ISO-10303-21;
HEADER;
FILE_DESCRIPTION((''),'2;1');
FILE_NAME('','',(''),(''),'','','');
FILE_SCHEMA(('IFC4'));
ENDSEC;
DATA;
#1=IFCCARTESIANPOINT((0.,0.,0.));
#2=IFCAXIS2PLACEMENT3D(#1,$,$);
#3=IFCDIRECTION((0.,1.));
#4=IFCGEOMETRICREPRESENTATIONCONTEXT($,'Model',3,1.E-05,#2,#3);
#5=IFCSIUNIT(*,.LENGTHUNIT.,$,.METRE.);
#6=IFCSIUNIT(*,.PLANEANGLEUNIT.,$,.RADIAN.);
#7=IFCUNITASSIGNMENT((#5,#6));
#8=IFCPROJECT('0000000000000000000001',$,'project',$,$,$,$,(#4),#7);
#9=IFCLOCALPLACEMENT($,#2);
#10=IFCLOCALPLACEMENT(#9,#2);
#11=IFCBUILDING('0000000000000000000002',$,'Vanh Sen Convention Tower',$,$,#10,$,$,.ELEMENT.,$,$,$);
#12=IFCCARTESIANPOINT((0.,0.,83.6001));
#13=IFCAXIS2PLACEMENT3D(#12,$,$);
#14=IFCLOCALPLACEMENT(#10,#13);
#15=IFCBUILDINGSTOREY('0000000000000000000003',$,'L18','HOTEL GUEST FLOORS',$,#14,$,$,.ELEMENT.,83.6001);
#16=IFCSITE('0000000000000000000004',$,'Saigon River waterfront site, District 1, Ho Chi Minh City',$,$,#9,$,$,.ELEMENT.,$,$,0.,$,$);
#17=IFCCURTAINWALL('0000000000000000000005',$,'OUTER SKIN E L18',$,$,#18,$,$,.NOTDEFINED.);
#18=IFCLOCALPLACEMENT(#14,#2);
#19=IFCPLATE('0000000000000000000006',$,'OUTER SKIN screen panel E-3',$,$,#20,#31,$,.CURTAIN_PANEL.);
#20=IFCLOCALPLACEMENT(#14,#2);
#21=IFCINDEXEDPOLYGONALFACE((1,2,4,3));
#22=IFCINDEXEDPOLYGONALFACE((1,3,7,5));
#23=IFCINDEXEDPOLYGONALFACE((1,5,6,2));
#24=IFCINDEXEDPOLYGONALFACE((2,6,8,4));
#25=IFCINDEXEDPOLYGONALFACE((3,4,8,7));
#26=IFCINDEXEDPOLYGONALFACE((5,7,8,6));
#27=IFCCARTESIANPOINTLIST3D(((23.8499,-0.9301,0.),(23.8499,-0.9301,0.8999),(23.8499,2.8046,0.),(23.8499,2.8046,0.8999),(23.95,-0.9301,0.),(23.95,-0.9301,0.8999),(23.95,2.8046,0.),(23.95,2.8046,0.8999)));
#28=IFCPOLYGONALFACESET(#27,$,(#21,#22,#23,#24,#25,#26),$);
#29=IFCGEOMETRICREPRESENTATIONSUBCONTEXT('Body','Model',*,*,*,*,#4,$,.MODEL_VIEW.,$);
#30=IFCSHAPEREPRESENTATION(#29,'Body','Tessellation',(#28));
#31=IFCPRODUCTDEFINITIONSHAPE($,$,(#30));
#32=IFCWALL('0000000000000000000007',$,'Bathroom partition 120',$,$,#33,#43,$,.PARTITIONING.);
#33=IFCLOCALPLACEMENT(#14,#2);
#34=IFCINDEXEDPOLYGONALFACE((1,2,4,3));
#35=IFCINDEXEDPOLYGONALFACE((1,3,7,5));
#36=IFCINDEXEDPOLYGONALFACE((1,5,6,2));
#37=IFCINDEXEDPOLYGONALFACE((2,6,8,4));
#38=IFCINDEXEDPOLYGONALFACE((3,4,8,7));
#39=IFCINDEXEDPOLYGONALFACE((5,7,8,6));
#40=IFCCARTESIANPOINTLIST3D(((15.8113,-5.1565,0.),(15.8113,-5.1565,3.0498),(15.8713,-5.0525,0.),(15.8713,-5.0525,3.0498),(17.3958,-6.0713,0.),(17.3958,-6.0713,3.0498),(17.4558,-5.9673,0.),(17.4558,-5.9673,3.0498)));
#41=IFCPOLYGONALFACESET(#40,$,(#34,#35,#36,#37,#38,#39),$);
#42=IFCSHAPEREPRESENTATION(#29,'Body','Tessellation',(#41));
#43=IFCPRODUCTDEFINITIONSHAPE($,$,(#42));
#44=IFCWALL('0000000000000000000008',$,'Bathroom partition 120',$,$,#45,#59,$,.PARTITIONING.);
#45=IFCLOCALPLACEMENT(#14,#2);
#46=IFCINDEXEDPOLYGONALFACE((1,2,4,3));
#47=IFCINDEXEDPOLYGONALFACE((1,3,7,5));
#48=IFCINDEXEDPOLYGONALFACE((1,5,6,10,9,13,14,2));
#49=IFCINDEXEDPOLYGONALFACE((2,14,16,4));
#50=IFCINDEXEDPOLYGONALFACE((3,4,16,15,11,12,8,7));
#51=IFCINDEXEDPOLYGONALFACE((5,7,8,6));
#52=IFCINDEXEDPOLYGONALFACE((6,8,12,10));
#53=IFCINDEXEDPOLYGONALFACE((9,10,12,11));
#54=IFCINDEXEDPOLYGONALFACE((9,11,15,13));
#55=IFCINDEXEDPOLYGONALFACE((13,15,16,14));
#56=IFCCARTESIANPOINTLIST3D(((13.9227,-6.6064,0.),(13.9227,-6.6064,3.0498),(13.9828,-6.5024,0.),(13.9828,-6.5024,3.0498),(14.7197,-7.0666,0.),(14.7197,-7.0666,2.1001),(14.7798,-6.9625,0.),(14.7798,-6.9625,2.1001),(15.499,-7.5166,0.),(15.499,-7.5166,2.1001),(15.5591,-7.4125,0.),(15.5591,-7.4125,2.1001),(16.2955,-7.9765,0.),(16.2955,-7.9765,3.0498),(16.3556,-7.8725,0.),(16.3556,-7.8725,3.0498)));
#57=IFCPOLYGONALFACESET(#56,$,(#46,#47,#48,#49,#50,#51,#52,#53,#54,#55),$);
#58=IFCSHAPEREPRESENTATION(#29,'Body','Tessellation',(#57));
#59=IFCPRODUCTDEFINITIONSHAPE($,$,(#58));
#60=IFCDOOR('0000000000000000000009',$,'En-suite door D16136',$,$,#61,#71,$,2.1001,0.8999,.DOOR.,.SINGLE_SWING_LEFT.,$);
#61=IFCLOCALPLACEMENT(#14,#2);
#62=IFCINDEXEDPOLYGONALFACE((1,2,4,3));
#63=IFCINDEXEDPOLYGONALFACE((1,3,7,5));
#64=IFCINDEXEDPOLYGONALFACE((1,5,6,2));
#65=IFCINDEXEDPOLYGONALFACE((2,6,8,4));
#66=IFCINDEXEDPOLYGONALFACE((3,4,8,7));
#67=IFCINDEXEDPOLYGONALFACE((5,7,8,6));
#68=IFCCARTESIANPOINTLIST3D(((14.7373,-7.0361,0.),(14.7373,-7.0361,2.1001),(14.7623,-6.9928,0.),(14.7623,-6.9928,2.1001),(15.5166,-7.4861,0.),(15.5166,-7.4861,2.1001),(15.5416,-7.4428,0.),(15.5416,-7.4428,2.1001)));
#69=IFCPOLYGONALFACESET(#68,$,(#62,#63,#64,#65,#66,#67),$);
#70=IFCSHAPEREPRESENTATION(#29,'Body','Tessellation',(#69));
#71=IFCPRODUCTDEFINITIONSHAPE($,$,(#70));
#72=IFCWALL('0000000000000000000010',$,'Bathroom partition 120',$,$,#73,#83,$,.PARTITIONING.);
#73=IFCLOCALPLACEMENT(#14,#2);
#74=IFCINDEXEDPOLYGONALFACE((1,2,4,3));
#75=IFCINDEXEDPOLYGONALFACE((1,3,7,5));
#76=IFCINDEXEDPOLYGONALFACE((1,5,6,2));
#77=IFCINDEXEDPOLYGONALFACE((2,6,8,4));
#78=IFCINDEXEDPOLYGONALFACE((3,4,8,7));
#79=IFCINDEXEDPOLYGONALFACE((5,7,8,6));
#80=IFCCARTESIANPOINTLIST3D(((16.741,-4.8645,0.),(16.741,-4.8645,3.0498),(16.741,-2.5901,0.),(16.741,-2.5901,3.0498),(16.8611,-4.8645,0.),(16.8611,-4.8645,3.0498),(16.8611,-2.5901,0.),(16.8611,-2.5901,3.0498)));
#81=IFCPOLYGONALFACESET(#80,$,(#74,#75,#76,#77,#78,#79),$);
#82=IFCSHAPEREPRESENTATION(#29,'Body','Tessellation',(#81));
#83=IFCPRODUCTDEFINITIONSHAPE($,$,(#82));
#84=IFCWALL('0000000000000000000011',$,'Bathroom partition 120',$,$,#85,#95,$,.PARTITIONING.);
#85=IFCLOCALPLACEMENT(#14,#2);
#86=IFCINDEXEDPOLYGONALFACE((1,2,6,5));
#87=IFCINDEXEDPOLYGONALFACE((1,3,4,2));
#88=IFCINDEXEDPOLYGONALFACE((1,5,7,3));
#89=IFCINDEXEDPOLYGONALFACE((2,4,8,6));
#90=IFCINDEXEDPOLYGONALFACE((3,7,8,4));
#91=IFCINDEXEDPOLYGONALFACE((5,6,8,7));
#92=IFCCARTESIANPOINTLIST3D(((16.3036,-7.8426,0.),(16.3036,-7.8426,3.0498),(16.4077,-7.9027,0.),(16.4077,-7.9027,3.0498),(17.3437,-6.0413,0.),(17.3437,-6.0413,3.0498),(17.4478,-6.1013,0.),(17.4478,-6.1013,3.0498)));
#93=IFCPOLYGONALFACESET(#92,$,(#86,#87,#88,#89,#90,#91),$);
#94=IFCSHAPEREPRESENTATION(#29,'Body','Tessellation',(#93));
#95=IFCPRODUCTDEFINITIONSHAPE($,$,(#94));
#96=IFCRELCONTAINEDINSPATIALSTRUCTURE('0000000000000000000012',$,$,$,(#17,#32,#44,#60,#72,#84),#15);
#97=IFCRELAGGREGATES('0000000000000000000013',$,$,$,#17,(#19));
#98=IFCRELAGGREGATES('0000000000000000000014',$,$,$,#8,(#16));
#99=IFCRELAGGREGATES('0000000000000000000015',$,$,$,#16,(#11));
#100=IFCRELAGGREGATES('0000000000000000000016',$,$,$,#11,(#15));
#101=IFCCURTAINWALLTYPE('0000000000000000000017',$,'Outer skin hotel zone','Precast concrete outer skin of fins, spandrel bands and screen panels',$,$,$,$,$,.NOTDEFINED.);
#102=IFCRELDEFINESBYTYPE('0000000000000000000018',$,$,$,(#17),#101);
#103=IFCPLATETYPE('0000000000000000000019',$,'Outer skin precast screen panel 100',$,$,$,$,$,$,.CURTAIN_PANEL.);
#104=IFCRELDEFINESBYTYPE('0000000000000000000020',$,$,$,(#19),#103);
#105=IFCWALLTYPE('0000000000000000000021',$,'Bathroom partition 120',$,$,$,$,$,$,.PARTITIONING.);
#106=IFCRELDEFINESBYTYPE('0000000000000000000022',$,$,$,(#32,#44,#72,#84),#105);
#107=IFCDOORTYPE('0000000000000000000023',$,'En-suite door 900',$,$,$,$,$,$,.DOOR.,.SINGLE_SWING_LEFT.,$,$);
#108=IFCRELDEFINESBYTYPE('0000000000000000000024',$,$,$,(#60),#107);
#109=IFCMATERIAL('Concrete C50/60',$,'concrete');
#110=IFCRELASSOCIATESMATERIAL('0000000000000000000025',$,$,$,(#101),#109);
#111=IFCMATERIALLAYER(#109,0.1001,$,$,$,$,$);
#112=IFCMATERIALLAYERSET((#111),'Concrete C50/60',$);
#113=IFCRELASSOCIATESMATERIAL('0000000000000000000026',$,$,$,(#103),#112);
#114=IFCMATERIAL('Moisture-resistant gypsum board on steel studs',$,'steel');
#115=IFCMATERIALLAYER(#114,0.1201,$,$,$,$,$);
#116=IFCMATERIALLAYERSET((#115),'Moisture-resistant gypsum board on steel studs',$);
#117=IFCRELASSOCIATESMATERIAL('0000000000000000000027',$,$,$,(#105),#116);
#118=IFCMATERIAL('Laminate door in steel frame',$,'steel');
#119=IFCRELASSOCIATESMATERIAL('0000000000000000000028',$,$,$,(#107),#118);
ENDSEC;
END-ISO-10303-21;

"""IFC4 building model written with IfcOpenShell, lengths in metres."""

from ifc_helpers import new_model, si_unit, direction, frame, frame_2d, origin, origin_2d, place, context, subcontext, project, spatial, rectangle, extrude, material, layer, layer_set, type_object, element, fill, aggregate, save


model = new_model("IFC4")

# Units and contexts
model_context = context("Model", 3, precision=1e-05, world=origin(), true_north=direction((0.0, 1.0)))
body_context = subcontext(model_context, "Body", "Model", "MODEL_VIEW")
ifc_project = project(units=[si_unit("LENGTHUNIT", "METRE"), si_unit("PLANEANGLEUNIT", "RADIAN")], contexts=[model_context])

# Site, building, storey
site_placement = place(None, origin())
site = spatial("IfcSite", under=ifc_project, at=site_placement, Name="Saigon River waterfront site, District 1, Ho Chi Minh City", CompositionType="ELEMENT", RefElevation=0.0)
building_placement = place(site_placement, origin())
building = spatial("IfcBuilding", under=site, at=building_placement, Name="Vanh Sen Convention Tower", CompositionType="ELEMENT")
storey_placement = place(building_placement, frame((0.0, 0.0, 83.6001)))
storey = spatial("IfcBuildingStorey", under=building, at=storey_placement, Name="L18", Description="HOTEL GUEST FLOORS", CompositionType="ELEMENT", Elevation=83.6001)

# Curtain wall
ifc_material_1 = material(Name="Concrete C50/60", Category="concrete")
curtain_wall_type = type_object("IfcCurtainWallType", Name="Outer skin hotel zone", Description="Precast concrete outer skin of fins, spandrel bands and screen panels", PredefinedType="NOTDEFINED", material=ifc_material_1)
curtain_wall_placement = place(storey_placement, origin())
curtain_wall = element("IfcCurtainWall", 1, at=curtain_wall_placement, inside=storey, type_object=curtain_wall_type, Name="OUTER SKIN E L18", PredefinedType="NOTDEFINED")

# Plate
ifc_layer_1 = layer(ifc_material_1, 0.1001)
ifc_layer_set_1 = layer_set([ifc_layer_1], Name="Concrete C50/60")
plate_type = type_object("IfcPlateType", Name="Outer skin precast screen panel 100", PredefinedType="CURTAIN_PANEL", material=ifc_layer_set_1)
plate_1_placement = place(storey_placement, frame((23.8999, 0.9373, 0.0), z_axis=(0.0, 0.0, 1.0), x_axis=(0.0, 1.0, 0.0)))
plate_1 = element("IfcPlate", 2, at=plate_1_placement, type_object=plate_type, Name="OUTER SKIN screen panel E-3", PredefinedType="CURTAIN_PANEL", context=body_context, shape_type="SweptSolid", body=[
    extrude(rectangle(XDim=3.7346, YDim=0.1001, at=origin_2d()), origin(), (0.0, 0.0, 1.0), 0.8999),
])
aggregate(curtain_wall, [plate_1])

# Wall
ifc_material_2 = material(Name="Moisture-resistant gypsum board on steel studs", Category="steel")
ifc_layer_2 = layer(ifc_material_2, 0.1201)
ifc_layer_set_2 = layer_set([ifc_layer_2], Name="Moisture-resistant gypsum board on steel studs")
wall_type_1 = type_object("IfcWallType", Name="Bathroom partition 120", PredefinedType="PARTITIONING", material=ifc_layer_set_2)
wall_1_placement = place(storey_placement, frame((15.8413, -5.1045, 0.0), z_axis=(0.0, 0.0, 1.0), x_axis=(0.866026, -0.5, 0.0)))
element("IfcWall", 3, at=wall_1_placement, inside=storey, type_object=wall_type_1, Name="Bathroom partition 120", PredefinedType="PARTITIONING", context=body_context, shape_type="SweptSolid", body=[
    extrude(rectangle(XDim=1.8296, YDim=0.1201, at=frame_2d((0.9148, 0.0))), origin(), (0.0, 0.0, 1.0), 3.0498),
])

# Wall, opening, door
wall_2_placement = place(storey_placement, frame((16.3257, -7.9246, 0.0), z_axis=(0.0, 0.0, 1.0), x_axis=(-0.865997, 0.500049, 0.0)))
wall_2 = element("IfcWall", 4, at=wall_2_placement, inside=storey, type_object=wall_type_1, Name="Bathroom partition 120", PredefinedType="PARTITIONING", context=body_context, shape_type="SweptSolid", body=[
    extrude(rectangle(XDim=2.74, YDim=0.1201, at=frame_2d((1.3701, 0.0))), origin(), (0.0, 0.0, 1.0), 3.0498),
])
opening_1_placement = place(wall_2_placement, frame((0.9199, 0.0, 0.0)))
opening_1 = element("IfcOpeningElement", 5, at=opening_1_placement, cuts=wall_2, PredefinedType="OPENING", context=body_context, shape_type="SweptSolid", body=[
    extrude(rectangle(XDim=0.8999, YDim=2.1001, at=frame_2d((0.45, 1.05))), frame((0.0, 0.0701, 0.0), z_axis=(0.0, -1.0, 0.0), x_axis=(1.0, 0.0, 0.0)), (0.0, 0.0, 1.0), 0.1401),
])
ifc_material_3 = material(Name="Laminate door in steel frame", Category="steel")
door_type = type_object("IfcDoorType", Name="En-suite door 900", OperationType="SINGLE_SWING_LEFT", PredefinedType="DOOR", material=ifc_material_3)
door_placement = place(opening_1_placement, origin())
door = element("IfcDoor", 6, at=door_placement, inside=storey, type_object=door_type, Name="En-suite door D16136", OperationType="SINGLE_SWING_LEFT", OverallHeight=2.1001, OverallWidth=0.8999, PredefinedType="DOOR", context=body_context, shape_type="SweptSolid", body=[
    extrude(rectangle(XDim=0.8999, YDim=2.1001, at=frame_2d((0.45, 1.05))), frame((0.0, 0.0249, 0.0), z_axis=(0.0, -1.0, 0.0), x_axis=(1.0, 0.0, 0.0)), (0.0, 0.0, 1.0), 0.05),
])
fill(opening_1, door)

# Walls
wall_3_placement = place(storey_placement, frame((16.801, -2.5901, 0.0), z_axis=(0.0, 0.0, 1.0), x_axis=(0.0, -1.0, 0.0)))
element("IfcWall", 7, at=wall_3_placement, inside=storey, type_object=wall_type_1, Name="Bathroom partition 120", PredefinedType="PARTITIONING", context=body_context, shape_type="SweptSolid", body=[
    extrude(rectangle(XDim=2.2744, YDim=0.1201, at=frame_2d((1.1372, 0.0))), origin(), (0.0, 0.0, 1.0), 3.0498),
])
wall_4_placement = place(storey_placement, frame((17.3958, -6.0713, 0.0), z_axis=(0.0, 0.0, 1.0), x_axis=(-0.500027, -0.86601, 0.0)))
element("IfcWall", 8, at=wall_4_placement, inside=storey, type_object=wall_type_1, Name="Bathroom partition 120", PredefinedType="PARTITIONING", context=body_context, shape_type="SweptSolid", body=[
    extrude(rectangle(XDim=2.0801, YDim=0.1201, at=frame_2d((1.04, 0.0))), origin(), (0.0, 0.0, 1.0), 3.0498),
])

save(model, "model.ifc")
